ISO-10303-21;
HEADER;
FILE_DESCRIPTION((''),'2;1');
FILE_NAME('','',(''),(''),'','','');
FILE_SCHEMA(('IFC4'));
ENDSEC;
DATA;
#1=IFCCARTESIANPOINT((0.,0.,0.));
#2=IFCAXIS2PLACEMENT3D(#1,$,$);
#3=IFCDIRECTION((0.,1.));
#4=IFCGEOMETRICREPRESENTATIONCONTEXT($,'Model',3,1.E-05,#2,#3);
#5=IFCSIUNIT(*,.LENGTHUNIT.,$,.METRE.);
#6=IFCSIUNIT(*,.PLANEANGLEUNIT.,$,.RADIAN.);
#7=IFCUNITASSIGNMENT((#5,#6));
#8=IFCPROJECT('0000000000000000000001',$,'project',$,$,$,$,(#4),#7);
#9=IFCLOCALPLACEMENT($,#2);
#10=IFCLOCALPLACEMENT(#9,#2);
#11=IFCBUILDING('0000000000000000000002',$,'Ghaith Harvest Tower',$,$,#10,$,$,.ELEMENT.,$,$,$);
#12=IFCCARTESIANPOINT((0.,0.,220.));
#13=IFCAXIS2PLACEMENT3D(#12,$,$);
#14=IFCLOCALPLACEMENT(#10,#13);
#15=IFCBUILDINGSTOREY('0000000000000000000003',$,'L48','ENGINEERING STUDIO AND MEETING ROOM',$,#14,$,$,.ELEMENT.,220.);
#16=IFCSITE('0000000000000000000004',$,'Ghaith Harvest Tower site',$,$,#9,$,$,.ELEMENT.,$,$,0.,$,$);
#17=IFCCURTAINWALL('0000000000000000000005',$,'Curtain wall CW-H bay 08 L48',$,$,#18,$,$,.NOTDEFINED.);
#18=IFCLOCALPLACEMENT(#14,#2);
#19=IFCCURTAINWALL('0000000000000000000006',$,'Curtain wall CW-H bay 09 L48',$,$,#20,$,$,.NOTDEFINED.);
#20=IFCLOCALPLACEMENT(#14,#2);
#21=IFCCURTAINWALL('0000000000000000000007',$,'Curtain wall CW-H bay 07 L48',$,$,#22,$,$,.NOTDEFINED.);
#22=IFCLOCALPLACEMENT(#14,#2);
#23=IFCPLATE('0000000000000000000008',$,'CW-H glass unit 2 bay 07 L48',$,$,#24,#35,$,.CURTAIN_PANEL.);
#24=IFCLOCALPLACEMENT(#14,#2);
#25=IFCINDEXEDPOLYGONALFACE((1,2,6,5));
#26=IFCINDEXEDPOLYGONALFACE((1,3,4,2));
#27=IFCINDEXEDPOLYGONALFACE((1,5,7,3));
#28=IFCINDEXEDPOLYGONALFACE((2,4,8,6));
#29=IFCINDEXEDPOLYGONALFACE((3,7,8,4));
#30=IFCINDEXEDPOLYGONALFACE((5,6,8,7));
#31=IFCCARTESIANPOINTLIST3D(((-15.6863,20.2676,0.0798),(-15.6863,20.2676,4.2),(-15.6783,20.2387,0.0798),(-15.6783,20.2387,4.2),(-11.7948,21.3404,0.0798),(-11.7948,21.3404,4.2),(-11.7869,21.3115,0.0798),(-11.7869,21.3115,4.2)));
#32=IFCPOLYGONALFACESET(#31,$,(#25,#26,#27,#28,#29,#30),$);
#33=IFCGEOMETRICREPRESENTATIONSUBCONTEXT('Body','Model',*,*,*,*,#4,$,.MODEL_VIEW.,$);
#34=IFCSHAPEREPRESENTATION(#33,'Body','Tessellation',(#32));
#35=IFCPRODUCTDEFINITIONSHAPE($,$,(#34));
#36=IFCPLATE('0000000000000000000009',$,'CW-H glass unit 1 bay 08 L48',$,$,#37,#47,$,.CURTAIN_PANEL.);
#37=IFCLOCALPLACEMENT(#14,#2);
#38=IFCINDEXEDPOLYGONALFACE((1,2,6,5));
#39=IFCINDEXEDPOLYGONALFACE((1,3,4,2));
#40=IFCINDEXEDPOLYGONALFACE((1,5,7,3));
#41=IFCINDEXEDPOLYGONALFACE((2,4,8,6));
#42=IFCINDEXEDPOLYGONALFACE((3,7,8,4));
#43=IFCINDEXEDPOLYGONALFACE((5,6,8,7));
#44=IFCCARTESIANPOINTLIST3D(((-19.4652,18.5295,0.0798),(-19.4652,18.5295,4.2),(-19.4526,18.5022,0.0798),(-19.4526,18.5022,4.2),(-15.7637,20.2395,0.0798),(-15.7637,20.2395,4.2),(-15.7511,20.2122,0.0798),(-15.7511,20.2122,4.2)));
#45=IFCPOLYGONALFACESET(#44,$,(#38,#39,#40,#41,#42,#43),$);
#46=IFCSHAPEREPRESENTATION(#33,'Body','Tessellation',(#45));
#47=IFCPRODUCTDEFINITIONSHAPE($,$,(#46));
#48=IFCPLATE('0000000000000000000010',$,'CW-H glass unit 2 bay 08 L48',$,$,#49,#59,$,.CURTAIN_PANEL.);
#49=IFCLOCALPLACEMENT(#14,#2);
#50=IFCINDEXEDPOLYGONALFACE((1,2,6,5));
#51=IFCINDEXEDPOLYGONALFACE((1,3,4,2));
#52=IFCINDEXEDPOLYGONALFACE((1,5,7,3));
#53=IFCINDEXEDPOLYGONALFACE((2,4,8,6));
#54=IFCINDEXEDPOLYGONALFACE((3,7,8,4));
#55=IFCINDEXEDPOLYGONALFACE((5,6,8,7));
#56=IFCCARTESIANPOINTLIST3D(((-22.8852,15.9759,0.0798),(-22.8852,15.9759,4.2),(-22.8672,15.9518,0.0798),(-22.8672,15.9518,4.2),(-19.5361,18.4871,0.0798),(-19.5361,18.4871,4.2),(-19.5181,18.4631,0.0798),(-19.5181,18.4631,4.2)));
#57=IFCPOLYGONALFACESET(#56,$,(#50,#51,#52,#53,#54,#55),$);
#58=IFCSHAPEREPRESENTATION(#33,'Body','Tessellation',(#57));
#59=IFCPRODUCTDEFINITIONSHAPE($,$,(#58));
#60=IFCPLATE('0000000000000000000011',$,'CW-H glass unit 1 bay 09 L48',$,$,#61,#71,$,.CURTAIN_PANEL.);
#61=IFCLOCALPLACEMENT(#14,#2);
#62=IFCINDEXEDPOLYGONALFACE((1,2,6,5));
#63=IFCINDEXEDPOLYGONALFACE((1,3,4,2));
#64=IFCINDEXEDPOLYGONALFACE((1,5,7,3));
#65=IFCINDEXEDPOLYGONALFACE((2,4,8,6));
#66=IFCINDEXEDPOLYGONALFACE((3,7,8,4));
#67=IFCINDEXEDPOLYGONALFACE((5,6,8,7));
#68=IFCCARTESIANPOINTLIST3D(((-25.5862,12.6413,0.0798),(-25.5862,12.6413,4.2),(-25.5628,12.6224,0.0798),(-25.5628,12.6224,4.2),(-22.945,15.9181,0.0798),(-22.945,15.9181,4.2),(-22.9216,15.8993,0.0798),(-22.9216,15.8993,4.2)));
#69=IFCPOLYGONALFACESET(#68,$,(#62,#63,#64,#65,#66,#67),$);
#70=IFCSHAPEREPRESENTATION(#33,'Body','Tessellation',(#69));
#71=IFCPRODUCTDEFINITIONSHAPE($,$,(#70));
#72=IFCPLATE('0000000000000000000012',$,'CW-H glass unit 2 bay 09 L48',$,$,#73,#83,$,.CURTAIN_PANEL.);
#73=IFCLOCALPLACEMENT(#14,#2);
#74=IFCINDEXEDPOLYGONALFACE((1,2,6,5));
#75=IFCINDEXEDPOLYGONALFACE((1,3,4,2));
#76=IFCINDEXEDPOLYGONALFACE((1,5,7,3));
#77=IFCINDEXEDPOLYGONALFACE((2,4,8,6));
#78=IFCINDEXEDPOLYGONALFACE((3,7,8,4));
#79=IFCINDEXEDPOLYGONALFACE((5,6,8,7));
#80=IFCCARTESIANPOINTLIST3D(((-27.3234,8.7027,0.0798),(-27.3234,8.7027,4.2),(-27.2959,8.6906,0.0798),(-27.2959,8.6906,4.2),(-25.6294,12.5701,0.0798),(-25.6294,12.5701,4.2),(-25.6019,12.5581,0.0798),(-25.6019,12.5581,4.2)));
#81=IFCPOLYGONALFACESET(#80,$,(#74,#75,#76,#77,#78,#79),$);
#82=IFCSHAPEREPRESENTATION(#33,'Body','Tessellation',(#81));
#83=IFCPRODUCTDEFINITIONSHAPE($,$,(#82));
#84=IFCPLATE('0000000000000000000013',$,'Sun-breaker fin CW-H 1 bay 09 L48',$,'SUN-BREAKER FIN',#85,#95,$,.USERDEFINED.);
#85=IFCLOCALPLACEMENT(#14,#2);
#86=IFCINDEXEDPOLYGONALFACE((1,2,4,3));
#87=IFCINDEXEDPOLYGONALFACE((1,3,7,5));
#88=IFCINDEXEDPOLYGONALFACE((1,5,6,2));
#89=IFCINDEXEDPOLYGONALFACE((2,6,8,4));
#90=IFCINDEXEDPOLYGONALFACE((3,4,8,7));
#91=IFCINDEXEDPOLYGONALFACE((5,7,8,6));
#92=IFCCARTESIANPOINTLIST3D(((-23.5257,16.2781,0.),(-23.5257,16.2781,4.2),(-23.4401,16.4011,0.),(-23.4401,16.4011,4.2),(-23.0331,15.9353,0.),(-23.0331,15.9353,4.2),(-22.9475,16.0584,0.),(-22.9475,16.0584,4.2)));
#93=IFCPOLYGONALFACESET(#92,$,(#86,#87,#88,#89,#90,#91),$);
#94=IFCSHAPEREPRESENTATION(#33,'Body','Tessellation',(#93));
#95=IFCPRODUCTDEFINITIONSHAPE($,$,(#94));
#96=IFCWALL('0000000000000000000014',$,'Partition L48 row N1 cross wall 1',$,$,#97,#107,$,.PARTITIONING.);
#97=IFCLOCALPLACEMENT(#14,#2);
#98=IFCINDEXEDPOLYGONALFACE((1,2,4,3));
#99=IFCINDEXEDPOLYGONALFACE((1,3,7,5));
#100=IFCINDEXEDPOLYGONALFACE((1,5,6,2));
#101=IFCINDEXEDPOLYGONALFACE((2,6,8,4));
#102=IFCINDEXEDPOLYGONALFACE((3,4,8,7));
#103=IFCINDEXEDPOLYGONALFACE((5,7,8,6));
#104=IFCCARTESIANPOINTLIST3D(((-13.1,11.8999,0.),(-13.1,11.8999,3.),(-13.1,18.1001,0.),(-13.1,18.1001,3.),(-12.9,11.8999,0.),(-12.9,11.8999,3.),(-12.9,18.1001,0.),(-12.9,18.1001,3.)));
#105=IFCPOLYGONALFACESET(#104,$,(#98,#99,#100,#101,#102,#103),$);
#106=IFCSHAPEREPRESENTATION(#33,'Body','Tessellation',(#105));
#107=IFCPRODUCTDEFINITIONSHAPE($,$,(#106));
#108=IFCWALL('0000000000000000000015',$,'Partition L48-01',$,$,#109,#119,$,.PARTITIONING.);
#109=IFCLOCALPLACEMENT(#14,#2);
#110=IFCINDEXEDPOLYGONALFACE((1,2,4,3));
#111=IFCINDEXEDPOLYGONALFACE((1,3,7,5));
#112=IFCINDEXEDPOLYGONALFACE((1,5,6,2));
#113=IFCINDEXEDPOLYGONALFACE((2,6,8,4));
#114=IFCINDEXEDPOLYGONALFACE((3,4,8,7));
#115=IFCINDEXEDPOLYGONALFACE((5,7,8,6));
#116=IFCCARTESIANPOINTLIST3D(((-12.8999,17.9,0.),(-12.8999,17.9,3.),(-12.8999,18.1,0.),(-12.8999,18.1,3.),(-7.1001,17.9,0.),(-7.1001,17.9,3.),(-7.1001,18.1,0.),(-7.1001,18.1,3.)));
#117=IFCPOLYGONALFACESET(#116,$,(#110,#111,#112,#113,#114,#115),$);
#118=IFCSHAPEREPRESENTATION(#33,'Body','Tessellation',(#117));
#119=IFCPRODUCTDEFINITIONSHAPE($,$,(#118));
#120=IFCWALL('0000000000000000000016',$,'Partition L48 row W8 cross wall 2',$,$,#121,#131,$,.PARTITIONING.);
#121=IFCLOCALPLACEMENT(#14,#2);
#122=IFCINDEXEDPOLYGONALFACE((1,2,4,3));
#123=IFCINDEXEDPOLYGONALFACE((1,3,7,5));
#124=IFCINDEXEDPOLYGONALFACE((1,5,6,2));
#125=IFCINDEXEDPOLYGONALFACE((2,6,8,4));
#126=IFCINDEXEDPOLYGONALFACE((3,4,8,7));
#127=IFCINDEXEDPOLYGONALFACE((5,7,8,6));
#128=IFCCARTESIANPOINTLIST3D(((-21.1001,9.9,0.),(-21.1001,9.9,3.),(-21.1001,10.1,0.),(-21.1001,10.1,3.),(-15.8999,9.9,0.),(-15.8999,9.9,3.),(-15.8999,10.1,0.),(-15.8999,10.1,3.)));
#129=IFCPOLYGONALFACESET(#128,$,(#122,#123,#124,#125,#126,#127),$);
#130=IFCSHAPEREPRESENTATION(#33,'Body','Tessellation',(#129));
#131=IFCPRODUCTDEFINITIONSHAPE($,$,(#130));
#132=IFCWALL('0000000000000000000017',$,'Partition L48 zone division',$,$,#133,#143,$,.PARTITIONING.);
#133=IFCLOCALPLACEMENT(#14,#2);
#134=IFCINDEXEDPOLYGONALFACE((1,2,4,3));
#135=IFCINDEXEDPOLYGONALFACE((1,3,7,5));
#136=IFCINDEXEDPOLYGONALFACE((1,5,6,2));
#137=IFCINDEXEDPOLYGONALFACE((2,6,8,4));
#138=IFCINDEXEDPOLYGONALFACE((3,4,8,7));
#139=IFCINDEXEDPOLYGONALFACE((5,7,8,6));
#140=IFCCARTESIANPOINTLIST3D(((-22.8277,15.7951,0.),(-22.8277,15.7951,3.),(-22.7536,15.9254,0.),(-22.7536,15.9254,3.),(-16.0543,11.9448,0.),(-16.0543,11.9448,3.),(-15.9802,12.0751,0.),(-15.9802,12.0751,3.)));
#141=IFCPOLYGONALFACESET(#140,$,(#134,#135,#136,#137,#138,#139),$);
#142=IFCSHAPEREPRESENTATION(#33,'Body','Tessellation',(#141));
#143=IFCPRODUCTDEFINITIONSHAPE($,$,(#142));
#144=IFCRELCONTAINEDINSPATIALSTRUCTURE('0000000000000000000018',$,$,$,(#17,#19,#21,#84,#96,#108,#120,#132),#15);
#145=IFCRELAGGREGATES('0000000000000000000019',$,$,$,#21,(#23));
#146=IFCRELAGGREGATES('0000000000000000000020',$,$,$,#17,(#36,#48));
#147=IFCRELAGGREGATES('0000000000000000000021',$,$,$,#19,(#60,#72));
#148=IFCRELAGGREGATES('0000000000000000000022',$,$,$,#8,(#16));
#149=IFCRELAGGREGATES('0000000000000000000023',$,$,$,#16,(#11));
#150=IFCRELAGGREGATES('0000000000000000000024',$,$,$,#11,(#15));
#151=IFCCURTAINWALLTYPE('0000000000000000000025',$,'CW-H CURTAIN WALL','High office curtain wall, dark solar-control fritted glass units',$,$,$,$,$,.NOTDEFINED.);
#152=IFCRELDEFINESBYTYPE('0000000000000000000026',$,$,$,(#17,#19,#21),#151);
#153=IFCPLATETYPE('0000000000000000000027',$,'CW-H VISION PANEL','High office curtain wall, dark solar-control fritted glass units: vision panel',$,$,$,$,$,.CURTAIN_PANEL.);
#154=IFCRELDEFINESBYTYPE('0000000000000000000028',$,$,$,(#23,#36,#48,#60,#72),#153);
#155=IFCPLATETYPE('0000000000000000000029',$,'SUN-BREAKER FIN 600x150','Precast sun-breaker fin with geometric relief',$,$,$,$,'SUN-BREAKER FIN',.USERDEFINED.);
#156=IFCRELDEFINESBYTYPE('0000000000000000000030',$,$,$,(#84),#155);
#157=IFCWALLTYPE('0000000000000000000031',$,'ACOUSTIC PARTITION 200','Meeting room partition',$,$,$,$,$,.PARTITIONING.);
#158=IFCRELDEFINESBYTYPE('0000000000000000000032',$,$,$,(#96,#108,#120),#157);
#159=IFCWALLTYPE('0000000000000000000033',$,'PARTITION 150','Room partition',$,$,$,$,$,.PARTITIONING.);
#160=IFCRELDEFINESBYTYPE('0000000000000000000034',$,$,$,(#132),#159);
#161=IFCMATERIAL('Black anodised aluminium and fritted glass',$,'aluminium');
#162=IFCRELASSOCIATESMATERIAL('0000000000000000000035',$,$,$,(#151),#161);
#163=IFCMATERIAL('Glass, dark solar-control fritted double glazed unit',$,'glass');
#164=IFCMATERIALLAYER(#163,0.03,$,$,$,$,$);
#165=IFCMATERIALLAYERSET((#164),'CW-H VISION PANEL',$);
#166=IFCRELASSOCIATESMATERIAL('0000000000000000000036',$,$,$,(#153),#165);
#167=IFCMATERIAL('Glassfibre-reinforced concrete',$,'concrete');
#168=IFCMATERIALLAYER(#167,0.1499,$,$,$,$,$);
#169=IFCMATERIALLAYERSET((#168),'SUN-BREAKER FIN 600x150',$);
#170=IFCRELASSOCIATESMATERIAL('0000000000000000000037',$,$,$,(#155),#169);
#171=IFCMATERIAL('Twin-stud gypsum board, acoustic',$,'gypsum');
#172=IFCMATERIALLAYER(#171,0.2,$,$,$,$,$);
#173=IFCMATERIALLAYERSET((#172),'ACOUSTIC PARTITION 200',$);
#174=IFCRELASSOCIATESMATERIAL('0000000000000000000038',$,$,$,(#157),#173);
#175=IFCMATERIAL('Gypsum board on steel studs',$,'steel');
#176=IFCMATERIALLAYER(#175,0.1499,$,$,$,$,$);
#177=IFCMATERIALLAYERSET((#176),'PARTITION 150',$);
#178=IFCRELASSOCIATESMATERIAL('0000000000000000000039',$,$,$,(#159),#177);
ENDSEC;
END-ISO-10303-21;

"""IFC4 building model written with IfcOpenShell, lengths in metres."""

from ifc_helpers import new_model, si_unit, direction, frame, frame_2d, origin, origin_2d, place, context, subcontext, project, spatial, rectangle, extrude, material, layer, layer_set, type_object, element, aggregate, save


model = new_model("IFC4")

# Units and contexts
model_context = context("Model", 3, precision=1e-05, world=origin(), true_north=direction((0.0, 1.0)))
body_context = subcontext(model_context, "Body", "Model", "MODEL_VIEW")
ifc_project = project(units=[si_unit("LENGTHUNIT", "METRE"), si_unit("PLANEANGLEUNIT", "RADIAN")], contexts=[model_context])

# Site, building, storey
site_placement = place(None, origin())
site = spatial("IfcSite", under=ifc_project, at=site_placement, Name="Ghaith Harvest Tower site", CompositionType="ELEMENT", RefElevation=0.0)
building_placement = place(site_placement, origin())
building = spatial("IfcBuilding", under=site, at=building_placement, Name="Ghaith Harvest Tower", CompositionType="ELEMENT")
storey_placement = place(building_placement, frame((0.0, 0.0, 220.0)))
storey = spatial("IfcBuildingStorey", under=building, at=storey_placement, Name="L48", Description="ENGINEERING STUDIO AND MEETING ROOM", CompositionType="ELEMENT", Elevation=220.0)

# Curtain walls
ifc_material_1 = material(Name="Black anodised aluminium and fritted glass", Category="aluminium")
curtain_wall_type = type_object("IfcCurtainWallType", Name="CW-H CURTAIN WALL", Description="High office curtain wall, dark solar-control fritted glass units", PredefinedType="NOTDEFINED", material=ifc_material_1)
curtain_wall_1_placement = place(storey_placement, origin())
curtain_wall_1 = element("IfcCurtainWall", 1, at=curtain_wall_1_placement, inside=storey, type_object=curtain_wall_type, Name="Curtain wall CW-H bay 08 L48", PredefinedType="NOTDEFINED")
curtain_wall_2_placement = place(storey_placement, origin())
curtain_wall_2 = element("IfcCurtainWall", 2, at=curtain_wall_2_placement, inside=storey, type_object=curtain_wall_type, Name="Curtain wall CW-H bay 09 L48", PredefinedType="NOTDEFINED")

# Curtain wall
curtain_wall_3_placement = place(storey_placement, origin())
curtain_wall_3 = element("IfcCurtainWall", 3, at=curtain_wall_3_placement, inside=storey, type_object=curtain_wall_type, Name="Curtain wall CW-H bay 07 L48", PredefinedType="NOTDEFINED")

# Plates
ifc_material_2 = material(Name="Glass, dark solar-control fritted double glazed unit", Category="glass")
ifc_layer_1 = layer(ifc_material_2, 0.03)
ifc_layer_set_1 = layer_set([ifc_layer_1], Name="CW-H VISION PANEL")
plate_type_1 = type_object("IfcPlateType", Name="CW-H VISION PANEL", Description="High office curtain wall, dark solar-control fritted glass units: vision panel", PredefinedType="CURTAIN_PANEL", material=ifc_layer_set_1)
plate_1_placement = place(storey_placement, frame((-13.7366, 20.7896, 0.0798), z_axis=(0.0, 0.0, 1.0), x_axis=(-0.964034, -0.265779, 0.0)))
plate_1 = element("IfcPlate", 4, at=plate_1_placement, type_object=plate_type_1, Name="CW-H glass unit 2 bay 07 L48", PredefinedType="CURTAIN_PANEL", context=body_context, shape_type="SweptSolid", body=[
    extrude(rectangle(XDim=4.0366, YDim=0.03, at=origin_2d()), origin(), (0.0, 0.0, 1.0), 4.1201),
])
aggregate(curtain_wall_3, [plate_1])
plate_2_placement = place(storey_placement, frame((-17.6082, 19.3708, 0.0798), z_axis=(0.0, 0.0, 1.0), x_axis=(-0.907814, -0.419372, 0.0)))
plate_2 = element("IfcPlate", 5, at=plate_2_placement, type_object=plate_type_1, Name="CW-H glass unit 1 bay 08 L48", PredefinedType="CURTAIN_PANEL", context=body_context, shape_type="SweptSolid", body=[
    extrude(rectangle(XDim=4.0774, YDim=0.03, at=origin_2d()), origin(), (0.0, 0.0, 1.0), 4.1201),
])
plate_3_placement = place(storey_placement, frame((-21.2017, 17.2195, 0.0798), z_axis=(0.0, 0.0, 1.0), x_axis=(-0.800067, -0.599911, 0.0)))
plate_3 = element("IfcPlate", 6, at=plate_3_placement, type_object=plate_type_1, Name="CW-H glass unit 2 bay 08 L48", PredefinedType="CURTAIN_PANEL", context=body_context, shape_type="SweptSolid", body=[
    extrude(rectangle(XDim=4.186, YDim=0.03, at=origin_2d()), origin(), (0.0, 0.0, 1.0), 4.1201),
])
aggregate(curtain_wall_1, [plate_2, plate_3])
plate_4_placement = place(storey_placement, frame((-24.2539, 14.2703, 0.0798), z_axis=(0.0, 0.0, 1.0), x_axis=(-0.627548, -0.778578, 0.0)))
plate_4 = element("IfcPlate", 7, at=plate_4_placement, type_object=plate_type_1, Name="CW-H glass unit 1 bay 09 L48", PredefinedType="CURTAIN_PANEL", context=body_context, shape_type="SweptSolid", body=[
    extrude(rectangle(XDim=4.2087, YDim=0.03, at=origin_2d()), origin(), (0.0, 0.0, 1.0), 4.1201),
])
plate_5_placement = place(storey_placement, frame((-26.4626, 10.6304, 0.0798), z_axis=(0.0, 0.0, 1.0), x_axis=(-0.401213, -0.915985, 0.0)))
plate_5 = element("IfcPlate", 8, at=plate_5_placement, type_object=plate_type_1, Name="CW-H glass unit 2 bay 09 L48", PredefinedType="CURTAIN_PANEL", context=body_context, shape_type="SweptSolid", body=[
    extrude(rectangle(XDim=4.2222, YDim=0.03, at=origin_2d()), origin(), (0.0, 0.0, 1.0), 4.1201),
])
aggregate(curtain_wall_2, [plate_4, plate_5])
ifc_material_3 = material(Name="Glassfibre-reinforced concrete", Category="concrete")
ifc_layer_2 = layer(ifc_material_3, 0.1499)
ifc_layer_set_2 = layer_set([ifc_layer_2], Name="SUN-BREAKER FIN 600x150")
plate_type_2 = type_object("IfcPlateType", Name="SUN-BREAKER FIN 600x150", Description="Precast sun-breaker fin with geometric relief", ElementType="SUN-BREAKER FIN", PredefinedType="USERDEFINED", material=ifc_layer_set_2)
plate_6_placement = place(storey_placement, frame((-23.2366, 16.1682, 0.0), z_axis=(0.0, 0.0, 1.0), x_axis=(-0.820845, 0.57115, 0.0)))
element("IfcPlate", 9, at=plate_6_placement, inside=storey, type_object=plate_type_2, Name="Sun-breaker fin CW-H 1 bay 09 L48", ObjectType="SUN-BREAKER FIN", PredefinedType="USERDEFINED", context=body_context, shape_type="SweptSolid", body=[
    extrude(rectangle(XDim=0.6001, YDim=0.1499, at=origin_2d()), origin(), (0.0, 0.0, 1.0), 4.2),
])

# Wall
ifc_material_4 = material(Name="Twin-stud gypsum board, acoustic", Category="gypsum")
ifc_layer_3 = layer(ifc_material_4, 0.2)
ifc_layer_set_3 = layer_set([ifc_layer_3], Name="ACOUSTIC PARTITION 200")
wall_type_1 = type_object("IfcWallType", Name="ACOUSTIC PARTITION 200", Description="Meeting room partition", PredefinedType="PARTITIONING", material=ifc_layer_set_3)
wall_1_placement = place(storey_placement, frame((-13.0, 11.8999, 0.0), z_axis=(0.0, 0.0, 1.0), x_axis=(0.0, 1.0, 0.0)))
element("IfcWall", 10, at=wall_1_placement, inside=storey, type_object=wall_type_1, Name="Partition L48 row N1 cross wall 1", PredefinedType="PARTITIONING", context=body_context, shape_type="SweptSolid", body=[
    extrude(rectangle(XDim=6.2002, YDim=0.2, at=frame_2d((3.1001, 0.0))), origin(), (0.0, 0.0, 1.0), 3.0),
])

# Walls
wall_2_placement = place(storey_placement, frame((-12.8999, 18.0, 0.0), z_axis=(0.0, 0.0, 1.0), x_axis=(1.0, 0.0, 0.0)))
element("IfcWall", 11, at=wall_2_placement, inside=storey, type_object=wall_type_1, Name="Partition L48-01", PredefinedType="PARTITIONING", context=body_context, shape_type="SweptSolid", body=[
    extrude(rectangle(XDim=5.7998, YDim=0.2, at=frame_2d((2.8999, 0.0))), origin(), (0.0, 0.0, 1.0), 3.0),
])
wall_3_placement = place(storey_placement, frame((-15.8999, 10.0, 0.0), z_axis=(0.0, 0.0, 1.0), x_axis=(-1.0, 0.0, 0.0)))
element("IfcWall", 12, at=wall_3_placement, inside=storey, type_object=wall_type_1, Name="Partition L48 row W8 cross wall 2", PredefinedType="PARTITIONING", context=body_context, shape_type="SweptSolid", body=[
    extrude(rectangle(XDim=5.2002, YDim=0.2, at=frame_2d((2.6001, 0.0))), origin(), (0.0, 0.0, 1.0), 3.0),
])

# Wall
ifc_material_5 = material(Name="Gypsum board on steel studs", Category="steel")
ifc_layer_4 = layer(ifc_material_5, 0.1499)
ifc_layer_set_4 = layer_set([ifc_layer_4], Name="PARTITION 150")
wall_type_2 = type_object("IfcWallType", Name="PARTITION 150", Description="Room partition", PredefinedType="PARTITIONING", material=ifc_layer_set_4)
wall_4_placement = place(storey_placement, frame((-16.0173, 12.01, 0.0), z_axis=(0.0, 0.0, 1.0), x_axis=(-0.869357, 0.494184, 0.0)))
element("IfcWall", 13, at=wall_4_placement, inside=storey, type_object=wall_type_2, Name="Partition L48 zone division", PredefinedType="PARTITIONING", context=body_context, shape_type="SweptSolid", body=[
    extrude(rectangle(XDim=7.7913, YDim=0.1499, at=frame_2d((3.8955, 0.0))), origin(), (0.0, 0.0, 1.0), 3.0),
])

save(model, "model.ifc")
